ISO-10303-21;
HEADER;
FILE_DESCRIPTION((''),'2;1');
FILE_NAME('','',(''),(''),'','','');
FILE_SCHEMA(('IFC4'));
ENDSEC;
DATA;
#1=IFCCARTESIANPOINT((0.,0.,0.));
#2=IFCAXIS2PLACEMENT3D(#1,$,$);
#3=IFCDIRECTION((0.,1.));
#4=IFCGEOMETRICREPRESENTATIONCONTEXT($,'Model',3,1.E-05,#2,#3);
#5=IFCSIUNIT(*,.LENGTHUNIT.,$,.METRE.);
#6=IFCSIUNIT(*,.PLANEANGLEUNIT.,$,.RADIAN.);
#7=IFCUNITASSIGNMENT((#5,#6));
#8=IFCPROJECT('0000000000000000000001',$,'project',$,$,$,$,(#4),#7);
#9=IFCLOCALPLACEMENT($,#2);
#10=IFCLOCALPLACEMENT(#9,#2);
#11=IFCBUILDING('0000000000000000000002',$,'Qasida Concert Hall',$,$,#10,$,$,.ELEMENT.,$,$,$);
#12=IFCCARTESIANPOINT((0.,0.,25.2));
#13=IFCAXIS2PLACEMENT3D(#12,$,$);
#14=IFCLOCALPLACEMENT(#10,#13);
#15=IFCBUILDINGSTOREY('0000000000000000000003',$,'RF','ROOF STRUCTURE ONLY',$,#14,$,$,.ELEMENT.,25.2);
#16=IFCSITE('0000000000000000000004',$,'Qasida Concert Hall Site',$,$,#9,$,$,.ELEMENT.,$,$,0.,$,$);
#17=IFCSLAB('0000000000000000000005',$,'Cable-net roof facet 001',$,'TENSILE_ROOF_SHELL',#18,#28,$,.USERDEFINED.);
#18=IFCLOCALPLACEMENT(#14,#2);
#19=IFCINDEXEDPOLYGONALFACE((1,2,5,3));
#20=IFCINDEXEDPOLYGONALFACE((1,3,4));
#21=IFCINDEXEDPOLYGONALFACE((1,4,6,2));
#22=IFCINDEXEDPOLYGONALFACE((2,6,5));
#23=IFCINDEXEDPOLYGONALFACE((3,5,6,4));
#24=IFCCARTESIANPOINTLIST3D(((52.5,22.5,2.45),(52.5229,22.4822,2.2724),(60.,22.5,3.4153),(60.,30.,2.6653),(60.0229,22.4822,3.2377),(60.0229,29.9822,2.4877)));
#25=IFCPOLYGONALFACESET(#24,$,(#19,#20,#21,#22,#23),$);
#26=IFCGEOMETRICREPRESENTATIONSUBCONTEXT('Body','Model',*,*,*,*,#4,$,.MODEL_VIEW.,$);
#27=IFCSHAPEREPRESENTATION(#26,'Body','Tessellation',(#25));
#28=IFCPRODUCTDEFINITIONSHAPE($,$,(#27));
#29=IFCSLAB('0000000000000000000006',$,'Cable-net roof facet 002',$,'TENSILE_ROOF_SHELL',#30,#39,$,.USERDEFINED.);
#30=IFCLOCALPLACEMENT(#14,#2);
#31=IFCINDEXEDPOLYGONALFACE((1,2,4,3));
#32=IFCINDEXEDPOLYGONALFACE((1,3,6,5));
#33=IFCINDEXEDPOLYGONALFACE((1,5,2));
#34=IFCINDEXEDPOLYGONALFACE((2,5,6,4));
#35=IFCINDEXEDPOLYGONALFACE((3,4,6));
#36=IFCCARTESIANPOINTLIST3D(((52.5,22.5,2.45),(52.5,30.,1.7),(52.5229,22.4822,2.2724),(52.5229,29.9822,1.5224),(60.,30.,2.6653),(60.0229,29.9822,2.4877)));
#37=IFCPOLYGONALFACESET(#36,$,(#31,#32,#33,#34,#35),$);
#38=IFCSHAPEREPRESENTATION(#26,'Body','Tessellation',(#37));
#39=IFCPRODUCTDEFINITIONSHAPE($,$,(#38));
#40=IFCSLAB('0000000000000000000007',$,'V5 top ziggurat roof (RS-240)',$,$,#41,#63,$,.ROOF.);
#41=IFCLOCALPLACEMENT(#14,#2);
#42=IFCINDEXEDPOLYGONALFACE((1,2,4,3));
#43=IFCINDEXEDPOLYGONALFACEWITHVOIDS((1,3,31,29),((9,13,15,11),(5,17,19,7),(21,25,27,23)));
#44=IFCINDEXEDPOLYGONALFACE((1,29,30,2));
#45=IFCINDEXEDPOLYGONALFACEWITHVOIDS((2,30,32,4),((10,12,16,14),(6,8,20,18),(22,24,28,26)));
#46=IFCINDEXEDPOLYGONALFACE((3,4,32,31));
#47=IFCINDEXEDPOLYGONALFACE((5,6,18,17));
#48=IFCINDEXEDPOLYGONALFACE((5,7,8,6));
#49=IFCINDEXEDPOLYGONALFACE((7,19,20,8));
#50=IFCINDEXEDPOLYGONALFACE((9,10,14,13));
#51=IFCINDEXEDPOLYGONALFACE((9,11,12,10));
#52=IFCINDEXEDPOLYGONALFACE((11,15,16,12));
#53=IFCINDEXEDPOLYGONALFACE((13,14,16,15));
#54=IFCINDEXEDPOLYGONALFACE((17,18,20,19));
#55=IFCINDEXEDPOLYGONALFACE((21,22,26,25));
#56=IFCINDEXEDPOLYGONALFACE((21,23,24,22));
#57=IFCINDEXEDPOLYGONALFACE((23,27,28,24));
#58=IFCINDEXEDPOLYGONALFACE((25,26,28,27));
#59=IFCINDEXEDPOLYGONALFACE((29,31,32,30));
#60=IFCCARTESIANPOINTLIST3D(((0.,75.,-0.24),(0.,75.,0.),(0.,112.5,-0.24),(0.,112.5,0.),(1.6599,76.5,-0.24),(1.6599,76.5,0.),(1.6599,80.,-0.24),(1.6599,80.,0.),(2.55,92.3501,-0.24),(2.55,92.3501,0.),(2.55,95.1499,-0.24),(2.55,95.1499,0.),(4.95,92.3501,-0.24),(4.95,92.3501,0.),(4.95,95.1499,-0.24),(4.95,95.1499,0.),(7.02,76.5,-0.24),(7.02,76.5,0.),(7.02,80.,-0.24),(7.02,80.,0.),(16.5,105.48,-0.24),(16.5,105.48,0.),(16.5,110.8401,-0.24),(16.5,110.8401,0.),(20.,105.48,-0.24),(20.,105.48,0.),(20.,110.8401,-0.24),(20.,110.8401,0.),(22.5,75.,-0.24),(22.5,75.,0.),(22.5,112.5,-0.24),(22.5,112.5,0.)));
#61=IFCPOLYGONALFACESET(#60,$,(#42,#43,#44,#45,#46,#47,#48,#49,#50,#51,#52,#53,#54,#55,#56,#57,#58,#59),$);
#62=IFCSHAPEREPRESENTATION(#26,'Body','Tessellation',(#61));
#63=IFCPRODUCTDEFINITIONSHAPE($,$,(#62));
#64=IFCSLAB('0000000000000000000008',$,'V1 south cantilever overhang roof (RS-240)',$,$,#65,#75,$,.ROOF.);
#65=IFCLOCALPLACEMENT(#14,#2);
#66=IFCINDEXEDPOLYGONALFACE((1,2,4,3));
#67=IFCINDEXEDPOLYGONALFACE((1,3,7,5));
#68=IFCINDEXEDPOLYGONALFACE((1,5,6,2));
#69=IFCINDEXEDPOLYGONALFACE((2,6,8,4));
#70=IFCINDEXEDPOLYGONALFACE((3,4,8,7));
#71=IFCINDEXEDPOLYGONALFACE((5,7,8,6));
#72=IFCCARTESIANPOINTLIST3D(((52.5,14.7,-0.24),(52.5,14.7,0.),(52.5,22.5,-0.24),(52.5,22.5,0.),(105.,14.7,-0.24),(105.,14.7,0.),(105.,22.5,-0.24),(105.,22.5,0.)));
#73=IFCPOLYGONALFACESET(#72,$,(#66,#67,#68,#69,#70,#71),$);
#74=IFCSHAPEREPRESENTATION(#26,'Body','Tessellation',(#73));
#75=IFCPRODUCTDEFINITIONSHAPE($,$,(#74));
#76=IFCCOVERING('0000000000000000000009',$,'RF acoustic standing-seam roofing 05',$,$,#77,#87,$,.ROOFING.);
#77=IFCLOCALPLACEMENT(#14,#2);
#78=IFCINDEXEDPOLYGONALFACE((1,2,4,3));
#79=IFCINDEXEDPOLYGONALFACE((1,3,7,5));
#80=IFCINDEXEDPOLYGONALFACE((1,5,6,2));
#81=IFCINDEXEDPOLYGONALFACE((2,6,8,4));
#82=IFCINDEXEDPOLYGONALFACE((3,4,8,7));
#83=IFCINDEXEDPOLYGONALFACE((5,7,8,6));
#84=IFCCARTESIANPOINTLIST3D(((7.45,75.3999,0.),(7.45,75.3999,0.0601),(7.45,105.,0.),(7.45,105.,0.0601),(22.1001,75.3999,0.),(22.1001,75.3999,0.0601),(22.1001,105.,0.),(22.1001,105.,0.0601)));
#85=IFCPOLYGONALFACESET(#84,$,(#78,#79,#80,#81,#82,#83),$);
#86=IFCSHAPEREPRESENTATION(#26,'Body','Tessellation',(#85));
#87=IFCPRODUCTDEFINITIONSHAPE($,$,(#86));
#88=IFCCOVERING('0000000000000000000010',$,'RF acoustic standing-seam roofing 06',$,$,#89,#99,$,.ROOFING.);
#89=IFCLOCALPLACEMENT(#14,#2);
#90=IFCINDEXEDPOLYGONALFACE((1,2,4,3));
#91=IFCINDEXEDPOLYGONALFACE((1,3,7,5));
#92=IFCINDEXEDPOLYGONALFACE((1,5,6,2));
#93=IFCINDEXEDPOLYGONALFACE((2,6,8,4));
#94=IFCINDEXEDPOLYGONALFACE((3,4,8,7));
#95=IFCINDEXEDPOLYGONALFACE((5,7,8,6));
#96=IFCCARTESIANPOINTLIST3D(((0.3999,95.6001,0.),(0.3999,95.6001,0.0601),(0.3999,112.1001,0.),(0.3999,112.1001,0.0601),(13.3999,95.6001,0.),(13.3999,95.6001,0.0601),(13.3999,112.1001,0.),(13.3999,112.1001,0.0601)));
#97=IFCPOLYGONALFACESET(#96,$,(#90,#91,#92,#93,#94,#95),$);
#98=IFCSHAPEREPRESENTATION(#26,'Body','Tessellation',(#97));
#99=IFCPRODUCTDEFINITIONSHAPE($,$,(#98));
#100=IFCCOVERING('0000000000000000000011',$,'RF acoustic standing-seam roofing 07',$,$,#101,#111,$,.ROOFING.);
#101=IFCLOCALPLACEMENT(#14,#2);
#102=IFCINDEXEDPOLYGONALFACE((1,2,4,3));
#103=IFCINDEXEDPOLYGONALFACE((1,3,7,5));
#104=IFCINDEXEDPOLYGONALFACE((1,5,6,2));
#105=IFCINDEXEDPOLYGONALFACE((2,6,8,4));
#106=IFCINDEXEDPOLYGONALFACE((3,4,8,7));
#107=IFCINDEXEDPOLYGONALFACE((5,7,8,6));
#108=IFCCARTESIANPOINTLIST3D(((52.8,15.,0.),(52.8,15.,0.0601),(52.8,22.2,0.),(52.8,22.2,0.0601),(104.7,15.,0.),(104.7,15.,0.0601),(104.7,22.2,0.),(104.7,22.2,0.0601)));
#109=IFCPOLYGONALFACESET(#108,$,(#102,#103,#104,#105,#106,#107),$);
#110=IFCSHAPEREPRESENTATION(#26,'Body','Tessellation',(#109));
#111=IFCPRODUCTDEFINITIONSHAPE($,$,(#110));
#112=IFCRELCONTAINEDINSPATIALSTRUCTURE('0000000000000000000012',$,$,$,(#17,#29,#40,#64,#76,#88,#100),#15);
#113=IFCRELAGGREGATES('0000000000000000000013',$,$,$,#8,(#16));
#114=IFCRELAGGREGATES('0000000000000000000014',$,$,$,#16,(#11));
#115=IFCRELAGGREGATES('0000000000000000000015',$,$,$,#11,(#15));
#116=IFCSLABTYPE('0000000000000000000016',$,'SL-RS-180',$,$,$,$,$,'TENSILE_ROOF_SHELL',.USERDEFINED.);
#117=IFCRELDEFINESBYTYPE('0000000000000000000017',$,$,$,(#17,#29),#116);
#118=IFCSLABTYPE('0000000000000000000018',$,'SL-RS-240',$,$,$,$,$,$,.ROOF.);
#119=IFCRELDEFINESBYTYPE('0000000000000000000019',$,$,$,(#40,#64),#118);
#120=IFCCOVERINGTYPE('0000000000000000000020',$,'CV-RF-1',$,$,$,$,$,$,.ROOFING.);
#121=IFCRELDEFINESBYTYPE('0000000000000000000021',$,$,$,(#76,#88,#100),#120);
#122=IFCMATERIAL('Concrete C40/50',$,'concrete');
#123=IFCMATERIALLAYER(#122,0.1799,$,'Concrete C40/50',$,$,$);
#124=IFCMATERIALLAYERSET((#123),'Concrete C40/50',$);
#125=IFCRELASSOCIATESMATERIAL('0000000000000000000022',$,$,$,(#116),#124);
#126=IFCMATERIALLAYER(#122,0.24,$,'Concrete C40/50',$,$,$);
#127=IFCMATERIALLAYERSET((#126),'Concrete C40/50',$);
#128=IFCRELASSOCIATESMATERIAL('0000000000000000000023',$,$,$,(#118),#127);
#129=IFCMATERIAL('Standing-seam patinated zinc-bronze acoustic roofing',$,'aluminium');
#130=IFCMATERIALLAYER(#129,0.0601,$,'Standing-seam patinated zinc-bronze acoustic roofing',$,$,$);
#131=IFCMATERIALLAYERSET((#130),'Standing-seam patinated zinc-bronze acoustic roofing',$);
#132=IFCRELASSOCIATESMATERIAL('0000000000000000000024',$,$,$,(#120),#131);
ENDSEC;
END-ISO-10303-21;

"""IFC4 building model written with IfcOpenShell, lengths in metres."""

from ifc_helpers import new_model, si_unit, direction, frame, origin, place, context, subcontext, project, spatial, polyline, outline, extrude, material, layer, layer_set, type_object, element, save


model = new_model("IFC4")

# Units and contexts
model_context = context("Model", 3, precision=1e-05, world=origin(), true_north=direction((0.0, 1.0)))
body_context = subcontext(model_context, "Body", "Model", "MODEL_VIEW")
ifc_project = project(units=[si_unit("LENGTHUNIT", "METRE"), si_unit("PLANEANGLEUNIT", "RADIAN")], contexts=[model_context])

# Site, building, storey
site_placement = place(None, origin())
site = spatial("IfcSite", under=ifc_project, at=site_placement, Name="Qasida Concert Hall Site", CompositionType="ELEMENT", RefElevation=0.0)
building_placement = place(site_placement, origin())
building = spatial("IfcBuilding", under=site, at=building_placement, Name="Qasida Concert Hall", CompositionType="ELEMENT")
storey_placement = place(building_placement, frame((0.0, 0.0, 25.2)))
storey = spatial("IfcBuildingStorey", under=building, at=storey_placement, Name="RF", Description="ROOF STRUCTURE ONLY", CompositionType="ELEMENT", Elevation=25.2)

# Slabs
ifc_material_1 = material(Name="Concrete C40/50", Category="concrete")
ifc_layer_1 = layer(ifc_material_1, 0.1799, Name="Concrete C40/50")
ifc_layer_set_1 = layer_set([ifc_layer_1], Name="Concrete C40/50")
slab_type_1 = type_object("IfcSlabType", Name="SL-RS-180", ElementType="TENSILE_ROOF_SHELL", PredefinedType="USERDEFINED", material=ifc_layer_set_1)
slab_1_placement = place(storey_placement, frame((52.5, 22.5, 2.45), z_axis=(-0.127035, 0.098698, 0.986976), x_axis=(0.991818, 0.0, 0.127658)))
element("IfcSlab", 1, at=slab_1_placement, inside=storey, type_object=slab_type_1, Name="Cable-net roof facet 001", ObjectType="TENSILE_ROOF_SHELL", PredefinedType="USERDEFINED", context=body_context, shape_type="SweptSolid", body=[
    extrude(outline(polyline([(0.0, 0.0), (7.5619, 0.0), (7.4661, 7.5368), (0.0, 0.0)])), origin(), (0.0, 0.0, -1.0), 0.1799),
])
slab_2_placement = place(storey_placement, frame((52.5, 22.5, 2.45), z_axis=(-0.127035, 0.098698, 0.986976), x_axis=(0.706961, 0.706961, 0.020298)))
element("IfcSlab", 2, at=slab_2_placement, inside=storey, type_object=slab_type_1, Name="Cable-net roof facet 002", ObjectType="TENSILE_ROOF_SHELL", PredefinedType="USERDEFINED", context=body_context, shape_type="SweptSolid", body=[
    extrude(outline(polyline([(0.0, 0.0), (10.6088, 0.0), (5.287, 5.3722), (0.0, 0.0)])), origin(), (0.0, 0.0, -1.0), 0.1799),
])
ifc_layer_2 = layer(ifc_material_1, 0.24, Name="Concrete C40/50")
ifc_layer_set_2 = layer_set([ifc_layer_2], Name="Concrete C40/50")
slab_type_2 = type_object("IfcSlabType", Name="SL-RS-240", PredefinedType="ROOF", material=ifc_layer_set_2)
slab_3_placement = place(storey_placement, frame((0.0, 0.0, -0.24)))
element("IfcSlab", 3, at=slab_3_placement, inside=storey, type_object=slab_type_2, Name="V5 top ziggurat roof (RS-240)", PredefinedType="ROOF", context=body_context, shape_type="SweptSolid", body=[
    extrude(outline(polyline([(0.0, 75.0), (22.5, 75.0), (22.5, 112.5), (0.0, 112.5), (0.0, 75.0)]), holes=[polyline([(1.6599, 76.5), (7.02, 76.5), (7.02, 80.0), (1.6599, 80.0), (1.6599, 76.5)]), polyline([(2.55, 92.3501), (4.95, 92.3501), (4.95, 95.1499), (2.55, 95.1499), (2.55, 92.3501)]), polyline([(16.5, 105.48), (20.0, 105.48), (20.0, 110.8401), (16.5, 110.8401), (16.5, 105.48)])]), origin(), (0.0, 0.0, 1.0), 0.24),
])
slab_4_placement = place(storey_placement, frame((0.0, 0.0, -0.24)))
element("IfcSlab", 4, at=slab_4_placement, inside=storey, type_object=slab_type_2, Name="V1 south cantilever overhang roof (RS-240)", PredefinedType="ROOF", context=body_context, shape_type="SweptSolid", body=[
    extrude(outline(polyline([(52.5, 14.7), (105.0, 14.7), (105.0, 22.5), (52.5, 22.5), (52.5, 14.7)])), origin(), (0.0, 0.0, 1.0), 0.24),
])

# Coverings
ifc_material_2 = material(Name="Standing-seam patinated zinc-bronze acoustic roofing", Category="aluminium")
ifc_layer_3 = layer(ifc_material_2, 0.0601, Name="Standing-seam patinated zinc-bronze acoustic roofing")
ifc_layer_set_3 = layer_set([ifc_layer_3], Name="Standing-seam patinated zinc-bronze acoustic roofing")
covering_type = type_object("IfcCoveringType", Name="CV-RF-1", PredefinedType="ROOFING", material=ifc_layer_set_3)
covering_1_placement = place(storey_placement, origin())
element("IfcCovering", 5, at=covering_1_placement, inside=storey, type_object=covering_type, Name="RF acoustic standing-seam roofing 05", PredefinedType="ROOFING", context=body_context, shape_type="SweptSolid", body=[
    extrude(outline(polyline([(7.45, 75.3999), (22.1001, 75.3999), (22.1001, 105.0), (7.45, 105.0), (7.45, 75.3999)])), origin(), (0.0, 0.0, 1.0), 0.0601),
])
covering_2_placement = place(storey_placement, origin())
element("IfcCovering", 6, at=covering_2_placement, inside=storey, type_object=covering_type, Name="RF acoustic standing-seam roofing 06", PredefinedType="ROOFING", context=body_context, shape_type="SweptSolid", body=[
    extrude(outline(polyline([(0.3999, 95.6001), (13.3999, 95.6001), (13.3999, 112.1001), (0.3999, 112.1001), (0.3999, 95.6001)])), origin(), (0.0, 0.0, 1.0), 0.0601),
])
covering_3_placement = place(storey_placement, origin())
element("IfcCovering", 7, at=covering_3_placement, inside=storey, type_object=covering_type, Name="RF acoustic standing-seam roofing 07", PredefinedType="ROOFING", context=body_context, shape_type="SweptSolid", body=[
    extrude(outline(polyline([(52.8, 15.0), (104.7, 15.0), (104.7, 22.2), (52.8, 22.2), (52.8, 15.0)])), origin(), (0.0, 0.0, 1.0), 0.0601),
])

save(model, "model.ifc")
